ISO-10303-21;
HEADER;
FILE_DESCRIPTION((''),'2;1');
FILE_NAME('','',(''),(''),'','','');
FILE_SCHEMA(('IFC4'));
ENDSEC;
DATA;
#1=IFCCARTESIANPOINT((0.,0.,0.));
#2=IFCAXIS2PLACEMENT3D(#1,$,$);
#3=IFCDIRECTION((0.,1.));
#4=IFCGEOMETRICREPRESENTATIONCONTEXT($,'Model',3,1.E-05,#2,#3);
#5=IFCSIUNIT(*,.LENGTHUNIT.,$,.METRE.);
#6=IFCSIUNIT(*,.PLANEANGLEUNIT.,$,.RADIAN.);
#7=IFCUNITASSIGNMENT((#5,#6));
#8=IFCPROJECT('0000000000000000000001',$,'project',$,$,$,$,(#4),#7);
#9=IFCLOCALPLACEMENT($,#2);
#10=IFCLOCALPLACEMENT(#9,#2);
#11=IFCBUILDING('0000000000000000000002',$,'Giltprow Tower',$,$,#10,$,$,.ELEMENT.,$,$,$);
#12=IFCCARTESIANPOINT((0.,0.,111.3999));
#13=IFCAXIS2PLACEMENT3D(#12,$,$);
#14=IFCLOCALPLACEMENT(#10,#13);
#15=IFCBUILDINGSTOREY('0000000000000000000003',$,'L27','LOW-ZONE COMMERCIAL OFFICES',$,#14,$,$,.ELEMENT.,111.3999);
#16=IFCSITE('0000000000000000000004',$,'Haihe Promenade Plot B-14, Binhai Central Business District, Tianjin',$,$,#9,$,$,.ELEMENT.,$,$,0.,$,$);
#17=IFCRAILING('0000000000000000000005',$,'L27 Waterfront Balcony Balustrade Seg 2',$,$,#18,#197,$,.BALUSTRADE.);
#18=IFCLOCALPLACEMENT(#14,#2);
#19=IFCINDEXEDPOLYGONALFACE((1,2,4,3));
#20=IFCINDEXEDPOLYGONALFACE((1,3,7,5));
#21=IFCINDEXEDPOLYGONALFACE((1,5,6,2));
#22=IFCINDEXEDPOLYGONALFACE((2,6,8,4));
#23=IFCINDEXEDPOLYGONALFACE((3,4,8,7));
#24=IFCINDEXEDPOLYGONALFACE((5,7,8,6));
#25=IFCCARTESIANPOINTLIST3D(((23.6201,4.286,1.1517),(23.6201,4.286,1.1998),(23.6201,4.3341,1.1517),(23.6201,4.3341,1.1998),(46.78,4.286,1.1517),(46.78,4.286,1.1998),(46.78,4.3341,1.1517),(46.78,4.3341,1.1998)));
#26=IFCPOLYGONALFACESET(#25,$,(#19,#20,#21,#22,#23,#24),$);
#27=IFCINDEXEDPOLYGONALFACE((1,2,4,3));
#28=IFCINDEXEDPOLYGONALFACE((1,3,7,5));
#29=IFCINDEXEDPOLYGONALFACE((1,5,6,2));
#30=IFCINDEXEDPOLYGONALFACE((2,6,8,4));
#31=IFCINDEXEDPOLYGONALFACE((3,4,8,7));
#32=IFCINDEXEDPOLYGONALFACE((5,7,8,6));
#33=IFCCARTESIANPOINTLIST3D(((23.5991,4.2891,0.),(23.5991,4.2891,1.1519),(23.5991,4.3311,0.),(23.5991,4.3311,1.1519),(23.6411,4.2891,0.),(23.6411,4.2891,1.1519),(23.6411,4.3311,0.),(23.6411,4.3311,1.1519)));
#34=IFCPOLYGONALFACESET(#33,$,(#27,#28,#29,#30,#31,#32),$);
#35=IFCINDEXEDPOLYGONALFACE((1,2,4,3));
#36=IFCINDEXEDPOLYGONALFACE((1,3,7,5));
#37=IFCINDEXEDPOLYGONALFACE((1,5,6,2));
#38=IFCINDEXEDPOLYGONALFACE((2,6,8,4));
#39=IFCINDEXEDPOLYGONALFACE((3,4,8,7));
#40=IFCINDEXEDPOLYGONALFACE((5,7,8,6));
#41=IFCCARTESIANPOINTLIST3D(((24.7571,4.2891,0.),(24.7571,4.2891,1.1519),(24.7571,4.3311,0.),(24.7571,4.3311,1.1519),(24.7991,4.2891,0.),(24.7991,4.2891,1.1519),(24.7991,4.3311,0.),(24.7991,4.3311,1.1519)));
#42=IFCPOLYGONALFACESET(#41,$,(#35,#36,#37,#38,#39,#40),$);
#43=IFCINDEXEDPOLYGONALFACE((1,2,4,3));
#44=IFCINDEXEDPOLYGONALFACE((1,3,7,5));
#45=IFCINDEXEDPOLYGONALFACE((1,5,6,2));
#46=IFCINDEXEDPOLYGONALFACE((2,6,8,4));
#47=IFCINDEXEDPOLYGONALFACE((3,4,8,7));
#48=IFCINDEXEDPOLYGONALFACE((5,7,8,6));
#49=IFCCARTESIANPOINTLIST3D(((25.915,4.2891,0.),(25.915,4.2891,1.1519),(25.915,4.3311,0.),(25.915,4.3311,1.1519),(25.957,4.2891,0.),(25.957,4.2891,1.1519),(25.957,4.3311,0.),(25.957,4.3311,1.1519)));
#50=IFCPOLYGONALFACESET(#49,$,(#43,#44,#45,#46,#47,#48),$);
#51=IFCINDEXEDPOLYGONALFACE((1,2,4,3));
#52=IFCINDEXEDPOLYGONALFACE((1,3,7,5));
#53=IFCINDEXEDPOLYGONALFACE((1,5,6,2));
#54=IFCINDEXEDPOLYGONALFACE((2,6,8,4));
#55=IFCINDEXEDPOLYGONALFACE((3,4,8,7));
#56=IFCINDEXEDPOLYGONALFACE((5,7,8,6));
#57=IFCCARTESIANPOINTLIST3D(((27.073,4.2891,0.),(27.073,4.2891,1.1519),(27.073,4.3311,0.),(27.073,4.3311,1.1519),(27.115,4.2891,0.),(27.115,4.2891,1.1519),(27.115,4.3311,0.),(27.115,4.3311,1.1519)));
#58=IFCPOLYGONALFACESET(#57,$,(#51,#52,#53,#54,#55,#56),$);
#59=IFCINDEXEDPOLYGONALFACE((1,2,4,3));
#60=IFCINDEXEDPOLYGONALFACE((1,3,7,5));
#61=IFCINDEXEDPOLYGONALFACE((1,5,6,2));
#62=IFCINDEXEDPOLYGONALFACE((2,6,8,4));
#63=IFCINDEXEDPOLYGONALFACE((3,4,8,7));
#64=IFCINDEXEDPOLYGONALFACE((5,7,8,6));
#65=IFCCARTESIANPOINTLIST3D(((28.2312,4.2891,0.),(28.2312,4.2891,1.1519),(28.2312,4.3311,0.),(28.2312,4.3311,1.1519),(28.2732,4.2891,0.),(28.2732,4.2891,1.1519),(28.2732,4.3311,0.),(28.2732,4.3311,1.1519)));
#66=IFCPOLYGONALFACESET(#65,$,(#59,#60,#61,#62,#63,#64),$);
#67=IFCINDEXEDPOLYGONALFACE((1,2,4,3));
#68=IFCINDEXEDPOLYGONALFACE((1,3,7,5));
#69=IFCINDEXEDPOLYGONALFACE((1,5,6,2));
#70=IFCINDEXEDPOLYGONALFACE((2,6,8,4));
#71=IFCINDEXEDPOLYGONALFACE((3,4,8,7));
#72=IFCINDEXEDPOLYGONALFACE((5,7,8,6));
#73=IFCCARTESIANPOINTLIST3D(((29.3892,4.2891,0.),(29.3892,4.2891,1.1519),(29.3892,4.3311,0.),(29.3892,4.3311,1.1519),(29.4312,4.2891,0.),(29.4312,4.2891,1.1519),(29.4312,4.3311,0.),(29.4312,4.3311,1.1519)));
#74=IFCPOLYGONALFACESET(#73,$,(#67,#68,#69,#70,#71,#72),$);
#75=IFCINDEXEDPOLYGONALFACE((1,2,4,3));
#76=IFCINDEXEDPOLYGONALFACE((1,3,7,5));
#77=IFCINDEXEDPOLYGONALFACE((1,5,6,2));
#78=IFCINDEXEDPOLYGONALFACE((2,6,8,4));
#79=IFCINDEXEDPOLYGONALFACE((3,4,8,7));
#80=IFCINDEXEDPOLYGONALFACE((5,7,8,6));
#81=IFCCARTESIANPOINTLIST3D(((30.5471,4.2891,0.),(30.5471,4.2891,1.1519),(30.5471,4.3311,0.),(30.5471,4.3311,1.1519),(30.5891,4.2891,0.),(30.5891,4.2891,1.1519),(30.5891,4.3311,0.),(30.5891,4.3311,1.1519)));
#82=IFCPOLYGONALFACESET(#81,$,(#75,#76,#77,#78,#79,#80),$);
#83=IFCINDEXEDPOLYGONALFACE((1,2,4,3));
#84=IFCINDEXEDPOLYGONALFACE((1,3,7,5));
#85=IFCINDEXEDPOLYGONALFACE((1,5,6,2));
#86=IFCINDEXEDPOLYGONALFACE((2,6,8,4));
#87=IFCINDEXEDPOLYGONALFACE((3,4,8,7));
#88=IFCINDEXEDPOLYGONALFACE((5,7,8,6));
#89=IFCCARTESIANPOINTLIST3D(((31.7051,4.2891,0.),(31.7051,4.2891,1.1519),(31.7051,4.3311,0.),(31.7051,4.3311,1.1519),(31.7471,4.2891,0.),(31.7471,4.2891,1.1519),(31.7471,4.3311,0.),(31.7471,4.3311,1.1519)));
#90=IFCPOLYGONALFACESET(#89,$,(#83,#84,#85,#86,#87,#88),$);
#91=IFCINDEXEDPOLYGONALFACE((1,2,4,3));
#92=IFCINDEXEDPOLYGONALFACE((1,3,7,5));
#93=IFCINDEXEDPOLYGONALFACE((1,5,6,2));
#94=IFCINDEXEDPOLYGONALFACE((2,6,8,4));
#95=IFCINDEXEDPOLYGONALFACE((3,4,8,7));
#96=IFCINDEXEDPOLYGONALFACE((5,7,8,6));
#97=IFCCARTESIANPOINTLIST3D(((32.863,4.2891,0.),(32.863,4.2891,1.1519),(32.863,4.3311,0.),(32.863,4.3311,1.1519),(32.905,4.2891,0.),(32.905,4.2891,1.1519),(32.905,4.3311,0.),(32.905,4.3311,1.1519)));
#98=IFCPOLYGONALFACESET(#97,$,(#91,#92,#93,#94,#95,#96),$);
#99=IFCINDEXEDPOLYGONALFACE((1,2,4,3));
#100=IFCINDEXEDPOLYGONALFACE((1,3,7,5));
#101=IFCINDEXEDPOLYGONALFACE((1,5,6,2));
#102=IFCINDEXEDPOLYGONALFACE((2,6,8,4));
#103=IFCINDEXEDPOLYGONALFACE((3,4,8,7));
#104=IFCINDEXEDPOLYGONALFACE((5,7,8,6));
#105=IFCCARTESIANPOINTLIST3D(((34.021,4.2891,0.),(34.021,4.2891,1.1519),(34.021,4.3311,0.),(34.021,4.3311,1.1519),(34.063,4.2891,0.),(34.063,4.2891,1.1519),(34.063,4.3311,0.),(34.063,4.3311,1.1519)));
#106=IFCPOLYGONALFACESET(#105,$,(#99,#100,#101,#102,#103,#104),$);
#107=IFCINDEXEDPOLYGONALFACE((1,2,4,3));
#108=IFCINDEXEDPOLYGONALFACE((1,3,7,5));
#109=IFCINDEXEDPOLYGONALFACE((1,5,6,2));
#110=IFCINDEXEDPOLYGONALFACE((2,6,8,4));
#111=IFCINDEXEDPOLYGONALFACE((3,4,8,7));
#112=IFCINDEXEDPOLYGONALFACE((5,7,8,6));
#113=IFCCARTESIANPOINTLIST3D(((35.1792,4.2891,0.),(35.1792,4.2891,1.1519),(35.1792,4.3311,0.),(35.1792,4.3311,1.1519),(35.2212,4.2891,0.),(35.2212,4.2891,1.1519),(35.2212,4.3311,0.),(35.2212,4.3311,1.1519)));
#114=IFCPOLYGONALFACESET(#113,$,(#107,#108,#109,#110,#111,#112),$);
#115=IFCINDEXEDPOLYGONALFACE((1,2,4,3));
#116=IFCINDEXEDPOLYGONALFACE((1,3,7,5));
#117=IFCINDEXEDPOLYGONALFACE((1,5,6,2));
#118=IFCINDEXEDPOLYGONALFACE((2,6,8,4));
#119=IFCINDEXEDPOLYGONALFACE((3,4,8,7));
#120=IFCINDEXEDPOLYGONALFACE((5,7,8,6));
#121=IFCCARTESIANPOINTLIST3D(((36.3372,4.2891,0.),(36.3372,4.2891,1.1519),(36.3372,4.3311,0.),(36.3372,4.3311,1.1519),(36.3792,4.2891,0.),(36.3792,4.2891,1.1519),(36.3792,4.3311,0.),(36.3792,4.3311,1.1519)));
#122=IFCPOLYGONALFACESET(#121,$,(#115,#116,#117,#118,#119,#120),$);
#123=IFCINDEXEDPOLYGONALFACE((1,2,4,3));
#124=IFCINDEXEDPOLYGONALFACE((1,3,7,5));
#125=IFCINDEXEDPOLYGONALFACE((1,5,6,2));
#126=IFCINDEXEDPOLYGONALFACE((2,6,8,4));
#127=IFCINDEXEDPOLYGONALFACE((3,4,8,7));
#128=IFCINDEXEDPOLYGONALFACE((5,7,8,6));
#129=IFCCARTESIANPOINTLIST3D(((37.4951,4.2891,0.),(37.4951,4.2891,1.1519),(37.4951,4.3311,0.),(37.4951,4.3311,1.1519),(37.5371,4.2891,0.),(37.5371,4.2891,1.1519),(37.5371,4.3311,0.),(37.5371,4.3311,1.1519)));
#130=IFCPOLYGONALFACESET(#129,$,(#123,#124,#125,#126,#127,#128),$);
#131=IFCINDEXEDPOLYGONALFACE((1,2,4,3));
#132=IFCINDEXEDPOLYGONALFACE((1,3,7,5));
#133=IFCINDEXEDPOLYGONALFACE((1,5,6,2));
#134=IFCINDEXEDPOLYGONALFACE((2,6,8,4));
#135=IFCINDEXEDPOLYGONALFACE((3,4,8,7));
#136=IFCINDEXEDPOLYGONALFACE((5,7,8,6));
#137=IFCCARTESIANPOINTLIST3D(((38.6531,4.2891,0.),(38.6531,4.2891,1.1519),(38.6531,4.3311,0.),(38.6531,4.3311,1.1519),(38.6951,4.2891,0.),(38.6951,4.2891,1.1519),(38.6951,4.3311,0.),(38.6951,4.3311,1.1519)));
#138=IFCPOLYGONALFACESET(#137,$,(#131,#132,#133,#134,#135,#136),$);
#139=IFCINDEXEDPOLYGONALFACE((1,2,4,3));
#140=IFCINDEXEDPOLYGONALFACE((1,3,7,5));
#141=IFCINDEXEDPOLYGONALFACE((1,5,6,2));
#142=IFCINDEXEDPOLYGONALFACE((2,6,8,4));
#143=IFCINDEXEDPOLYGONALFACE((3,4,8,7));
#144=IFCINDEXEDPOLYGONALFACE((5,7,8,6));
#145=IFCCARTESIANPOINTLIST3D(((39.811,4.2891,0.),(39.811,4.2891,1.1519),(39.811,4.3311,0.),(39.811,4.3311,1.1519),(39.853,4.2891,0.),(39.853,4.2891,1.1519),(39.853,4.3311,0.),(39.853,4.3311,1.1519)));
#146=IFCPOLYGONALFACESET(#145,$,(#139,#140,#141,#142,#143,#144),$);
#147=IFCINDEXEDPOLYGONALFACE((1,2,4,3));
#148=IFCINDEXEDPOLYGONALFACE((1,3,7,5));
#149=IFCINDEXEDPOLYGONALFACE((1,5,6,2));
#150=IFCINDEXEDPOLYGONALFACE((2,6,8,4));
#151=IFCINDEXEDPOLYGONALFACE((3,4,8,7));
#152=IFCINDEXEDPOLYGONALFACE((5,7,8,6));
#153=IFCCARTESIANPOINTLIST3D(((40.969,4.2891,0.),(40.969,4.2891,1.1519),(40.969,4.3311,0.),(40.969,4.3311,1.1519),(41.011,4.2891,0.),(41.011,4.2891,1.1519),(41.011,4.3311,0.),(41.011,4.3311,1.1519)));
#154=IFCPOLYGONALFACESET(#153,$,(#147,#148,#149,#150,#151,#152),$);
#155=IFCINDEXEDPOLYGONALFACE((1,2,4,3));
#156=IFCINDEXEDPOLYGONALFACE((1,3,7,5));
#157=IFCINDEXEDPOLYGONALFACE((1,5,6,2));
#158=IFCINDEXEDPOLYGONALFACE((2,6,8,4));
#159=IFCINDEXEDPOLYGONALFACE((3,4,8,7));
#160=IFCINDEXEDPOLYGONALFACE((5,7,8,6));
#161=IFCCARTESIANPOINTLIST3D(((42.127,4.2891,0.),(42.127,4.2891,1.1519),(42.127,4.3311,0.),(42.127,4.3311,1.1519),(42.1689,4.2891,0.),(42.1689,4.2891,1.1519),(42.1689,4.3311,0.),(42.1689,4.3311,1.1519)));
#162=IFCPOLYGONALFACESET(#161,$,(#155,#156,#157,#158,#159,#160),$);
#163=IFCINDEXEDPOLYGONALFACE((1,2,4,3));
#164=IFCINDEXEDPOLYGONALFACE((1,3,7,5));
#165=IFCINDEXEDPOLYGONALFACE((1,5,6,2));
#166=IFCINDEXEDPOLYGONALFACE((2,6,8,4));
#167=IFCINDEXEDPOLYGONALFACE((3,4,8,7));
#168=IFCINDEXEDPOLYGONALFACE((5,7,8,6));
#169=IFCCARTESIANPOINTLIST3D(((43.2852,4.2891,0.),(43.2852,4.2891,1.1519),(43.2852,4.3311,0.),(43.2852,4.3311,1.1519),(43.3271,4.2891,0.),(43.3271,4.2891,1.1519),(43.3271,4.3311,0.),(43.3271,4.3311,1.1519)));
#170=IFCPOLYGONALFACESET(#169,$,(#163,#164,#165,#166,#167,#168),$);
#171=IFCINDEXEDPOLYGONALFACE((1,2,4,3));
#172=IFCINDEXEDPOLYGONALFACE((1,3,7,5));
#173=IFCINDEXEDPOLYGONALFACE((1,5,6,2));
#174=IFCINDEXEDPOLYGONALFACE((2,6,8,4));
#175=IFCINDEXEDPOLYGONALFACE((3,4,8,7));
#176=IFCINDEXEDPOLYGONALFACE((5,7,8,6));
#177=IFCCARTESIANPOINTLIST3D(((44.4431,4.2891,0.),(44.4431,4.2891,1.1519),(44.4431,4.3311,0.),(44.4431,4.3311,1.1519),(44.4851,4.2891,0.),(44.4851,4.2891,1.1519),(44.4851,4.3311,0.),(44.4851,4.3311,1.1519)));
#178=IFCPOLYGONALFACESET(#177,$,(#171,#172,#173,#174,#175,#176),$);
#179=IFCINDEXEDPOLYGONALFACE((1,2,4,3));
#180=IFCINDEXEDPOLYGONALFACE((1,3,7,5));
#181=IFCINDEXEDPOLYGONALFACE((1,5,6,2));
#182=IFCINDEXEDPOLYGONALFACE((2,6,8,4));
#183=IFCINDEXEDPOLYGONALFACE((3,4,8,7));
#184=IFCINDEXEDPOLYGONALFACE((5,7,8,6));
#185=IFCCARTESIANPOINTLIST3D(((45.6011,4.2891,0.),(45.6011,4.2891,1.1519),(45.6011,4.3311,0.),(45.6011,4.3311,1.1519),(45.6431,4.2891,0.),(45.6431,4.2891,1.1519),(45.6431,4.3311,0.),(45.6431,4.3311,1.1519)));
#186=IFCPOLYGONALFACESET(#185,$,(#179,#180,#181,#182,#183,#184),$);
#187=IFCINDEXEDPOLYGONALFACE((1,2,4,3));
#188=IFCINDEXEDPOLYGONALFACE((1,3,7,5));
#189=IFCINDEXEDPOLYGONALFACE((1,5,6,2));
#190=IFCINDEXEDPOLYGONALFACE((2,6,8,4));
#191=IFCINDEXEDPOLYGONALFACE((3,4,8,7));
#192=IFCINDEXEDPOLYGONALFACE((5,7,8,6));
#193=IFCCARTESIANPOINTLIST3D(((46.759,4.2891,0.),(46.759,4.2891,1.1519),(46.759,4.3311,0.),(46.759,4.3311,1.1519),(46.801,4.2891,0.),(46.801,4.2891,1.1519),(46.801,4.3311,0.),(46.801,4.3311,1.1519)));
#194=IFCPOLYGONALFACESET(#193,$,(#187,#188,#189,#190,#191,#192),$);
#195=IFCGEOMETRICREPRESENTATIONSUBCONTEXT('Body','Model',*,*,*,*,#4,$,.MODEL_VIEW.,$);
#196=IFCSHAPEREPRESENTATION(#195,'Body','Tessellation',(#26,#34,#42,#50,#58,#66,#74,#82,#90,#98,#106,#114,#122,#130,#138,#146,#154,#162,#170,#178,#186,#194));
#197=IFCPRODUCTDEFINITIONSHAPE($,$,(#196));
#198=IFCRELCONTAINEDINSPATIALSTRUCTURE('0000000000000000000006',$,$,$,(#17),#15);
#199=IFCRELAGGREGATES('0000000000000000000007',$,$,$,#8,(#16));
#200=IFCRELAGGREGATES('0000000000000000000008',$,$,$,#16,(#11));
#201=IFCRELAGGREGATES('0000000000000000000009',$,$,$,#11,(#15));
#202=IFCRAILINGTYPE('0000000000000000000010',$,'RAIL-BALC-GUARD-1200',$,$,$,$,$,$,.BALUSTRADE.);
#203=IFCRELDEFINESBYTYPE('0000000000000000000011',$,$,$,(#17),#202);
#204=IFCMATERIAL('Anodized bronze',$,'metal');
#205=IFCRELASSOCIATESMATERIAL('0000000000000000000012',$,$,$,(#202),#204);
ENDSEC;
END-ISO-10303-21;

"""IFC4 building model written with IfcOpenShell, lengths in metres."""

from ifc_helpers import new_model, si_unit, direction, frame, origin, origin_2d, place, context, subcontext, project, spatial, rectangle, extrude, material, type_object, element, save


model = new_model("IFC4")

# Units and contexts
model_context = context("Model", 3, precision=1e-05, world=origin(), true_north=direction((0.0, 1.0)))
body_context = subcontext(model_context, "Body", "Model", "MODEL_VIEW")
ifc_project = project(units=[si_unit("LENGTHUNIT", "METRE"), si_unit("PLANEANGLEUNIT", "RADIAN")], contexts=[model_context])

# Site, building, storey
site_placement = place(None, origin())
site = spatial("IfcSite", under=ifc_project, at=site_placement, Name="Haihe Promenade Plot B-14, Binhai Central Business District, Tianjin", CompositionType="ELEMENT", RefElevation=0.0)
building_placement = place(site_placement, origin())
building = spatial("IfcBuilding", under=site, at=building_placement, Name="Giltprow Tower", CompositionType="ELEMENT")
storey_placement = place(building_placement, frame((0.0, 0.0, 111.3999)))
storey = spatial("IfcBuildingStorey", under=building, at=storey_placement, Name="L27", Description="LOW-ZONE COMMERCIAL OFFICES", CompositionType="ELEMENT", Elevation=111.3999)

# Railing
ifc_material_1 = material(Name="Anodized bronze", Category="metal")
railing_type = type_object("IfcRailingType", Name="RAIL-BALC-GUARD-1200", PredefinedType="BALUSTRADE", material=ifc_material_1)
railing_1_placement = place(storey_placement, frame((23.6201, 4.3101, 0.0)))
element("IfcRailing", 1, at=railing_1_placement, inside=storey, type_object=railing_type, Name="L27 Waterfront Balcony Balustrade Seg 2", PredefinedType="BALUSTRADE", context=body_context, shape_type="SweptSolid", body=[
    extrude(rectangle(XDim=0.0481, YDim=0.0481, at=origin_2d()), frame((0.0, 0.0, 1.1758), z_axis=(1.0, 0.0, 0.0), x_axis=(0.0, 1.0, 0.0)), (0.0, 0.0, 1.0), 23.1599),
    extrude(rectangle(XDim=0.042, YDim=0.042, at=origin_2d()), origin(), (0.0, 0.0, 1.0), 1.1519),
    extrude(rectangle(XDim=0.042, YDim=0.042, at=origin_2d()), frame((1.158, 0.0, 0.0)), (0.0, 0.0, 1.0), 1.1519),
    extrude(rectangle(XDim=0.042, YDim=0.042, at=origin_2d()), frame((2.3159, 0.0, 0.0)), (0.0, 0.0, 1.0), 1.1519),
    extrude(rectangle(XDim=0.042, YDim=0.042, at=origin_2d()), frame((3.4739, 0.0, 0.0)), (0.0, 0.0, 1.0), 1.1519),
    extrude(rectangle(XDim=0.042, YDim=0.042, at=origin_2d()), frame((4.6321, 0.0, 0.0)), (0.0, 0.0, 1.0), 1.1519),
    extrude(rectangle(XDim=0.042, YDim=0.042, at=origin_2d()), frame((5.79, 0.0, 0.0)), (0.0, 0.0, 1.0), 1.1519),
    extrude(rectangle(XDim=0.042, YDim=0.042, at=origin_2d()), frame((6.948, 0.0, 0.0)), (0.0, 0.0, 1.0), 1.1519),
    extrude(rectangle(XDim=0.042, YDim=0.042, at=origin_2d()), frame((8.106, 0.0, 0.0)), (0.0, 0.0, 1.0), 1.1519),
    extrude(rectangle(XDim=0.042, YDim=0.042, at=origin_2d()), frame((9.2639, 0.0, 0.0)), (0.0, 0.0, 1.0), 1.1519),
    extrude(rectangle(XDim=0.042, YDim=0.042, at=origin_2d()), frame((10.4219, 0.0, 0.0)), (0.0, 0.0, 1.0), 1.1519),
    extrude(rectangle(XDim=0.042, YDim=0.042, at=origin_2d()), frame((11.5801, 0.0, 0.0)), (0.0, 0.0, 1.0), 1.1519),
    extrude(rectangle(XDim=0.042, YDim=0.042, at=origin_2d()), frame((12.738, 0.0, 0.0)), (0.0, 0.0, 1.0), 1.1519),
    extrude(rectangle(XDim=0.042, YDim=0.042, at=origin_2d()), frame((13.896, 0.0, 0.0)), (0.0, 0.0, 1.0), 1.1519),
    extrude(rectangle(XDim=0.042, YDim=0.042, at=origin_2d()), frame((15.054, 0.0, 0.0)), (0.0, 0.0, 1.0), 1.1519),
    extrude(rectangle(XDim=0.042, YDim=0.042, at=origin_2d()), frame((16.2119, 0.0, 0.0)), (0.0, 0.0, 1.0), 1.1519),
    extrude(rectangle(XDim=0.042, YDim=0.042, at=origin_2d()), frame((17.3699, 0.0, 0.0)), (0.0, 0.0, 1.0), 1.1519),
    extrude(rectangle(XDim=0.042, YDim=0.042, at=origin_2d()), frame((18.5278, 0.0, 0.0)), (0.0, 0.0, 1.0), 1.1519),
    extrude(rectangle(XDim=0.042, YDim=0.042, at=origin_2d()), frame((19.686, 0.0, 0.0)), (0.0, 0.0, 1.0), 1.1519),
    extrude(rectangle(XDim=0.042, YDim=0.042, at=origin_2d()), frame((20.844, 0.0, 0.0)), (0.0, 0.0, 1.0), 1.1519),
    extrude(rectangle(XDim=0.042, YDim=0.042, at=origin_2d()), frame((22.002, 0.0, 0.0)), (0.0, 0.0, 1.0), 1.1519),
    extrude(rectangle(XDim=0.042, YDim=0.042, at=origin_2d()), frame((23.1599, 0.0, 0.0)), (0.0, 0.0, 1.0), 1.1519),
])

save(model, "model.ifc")
